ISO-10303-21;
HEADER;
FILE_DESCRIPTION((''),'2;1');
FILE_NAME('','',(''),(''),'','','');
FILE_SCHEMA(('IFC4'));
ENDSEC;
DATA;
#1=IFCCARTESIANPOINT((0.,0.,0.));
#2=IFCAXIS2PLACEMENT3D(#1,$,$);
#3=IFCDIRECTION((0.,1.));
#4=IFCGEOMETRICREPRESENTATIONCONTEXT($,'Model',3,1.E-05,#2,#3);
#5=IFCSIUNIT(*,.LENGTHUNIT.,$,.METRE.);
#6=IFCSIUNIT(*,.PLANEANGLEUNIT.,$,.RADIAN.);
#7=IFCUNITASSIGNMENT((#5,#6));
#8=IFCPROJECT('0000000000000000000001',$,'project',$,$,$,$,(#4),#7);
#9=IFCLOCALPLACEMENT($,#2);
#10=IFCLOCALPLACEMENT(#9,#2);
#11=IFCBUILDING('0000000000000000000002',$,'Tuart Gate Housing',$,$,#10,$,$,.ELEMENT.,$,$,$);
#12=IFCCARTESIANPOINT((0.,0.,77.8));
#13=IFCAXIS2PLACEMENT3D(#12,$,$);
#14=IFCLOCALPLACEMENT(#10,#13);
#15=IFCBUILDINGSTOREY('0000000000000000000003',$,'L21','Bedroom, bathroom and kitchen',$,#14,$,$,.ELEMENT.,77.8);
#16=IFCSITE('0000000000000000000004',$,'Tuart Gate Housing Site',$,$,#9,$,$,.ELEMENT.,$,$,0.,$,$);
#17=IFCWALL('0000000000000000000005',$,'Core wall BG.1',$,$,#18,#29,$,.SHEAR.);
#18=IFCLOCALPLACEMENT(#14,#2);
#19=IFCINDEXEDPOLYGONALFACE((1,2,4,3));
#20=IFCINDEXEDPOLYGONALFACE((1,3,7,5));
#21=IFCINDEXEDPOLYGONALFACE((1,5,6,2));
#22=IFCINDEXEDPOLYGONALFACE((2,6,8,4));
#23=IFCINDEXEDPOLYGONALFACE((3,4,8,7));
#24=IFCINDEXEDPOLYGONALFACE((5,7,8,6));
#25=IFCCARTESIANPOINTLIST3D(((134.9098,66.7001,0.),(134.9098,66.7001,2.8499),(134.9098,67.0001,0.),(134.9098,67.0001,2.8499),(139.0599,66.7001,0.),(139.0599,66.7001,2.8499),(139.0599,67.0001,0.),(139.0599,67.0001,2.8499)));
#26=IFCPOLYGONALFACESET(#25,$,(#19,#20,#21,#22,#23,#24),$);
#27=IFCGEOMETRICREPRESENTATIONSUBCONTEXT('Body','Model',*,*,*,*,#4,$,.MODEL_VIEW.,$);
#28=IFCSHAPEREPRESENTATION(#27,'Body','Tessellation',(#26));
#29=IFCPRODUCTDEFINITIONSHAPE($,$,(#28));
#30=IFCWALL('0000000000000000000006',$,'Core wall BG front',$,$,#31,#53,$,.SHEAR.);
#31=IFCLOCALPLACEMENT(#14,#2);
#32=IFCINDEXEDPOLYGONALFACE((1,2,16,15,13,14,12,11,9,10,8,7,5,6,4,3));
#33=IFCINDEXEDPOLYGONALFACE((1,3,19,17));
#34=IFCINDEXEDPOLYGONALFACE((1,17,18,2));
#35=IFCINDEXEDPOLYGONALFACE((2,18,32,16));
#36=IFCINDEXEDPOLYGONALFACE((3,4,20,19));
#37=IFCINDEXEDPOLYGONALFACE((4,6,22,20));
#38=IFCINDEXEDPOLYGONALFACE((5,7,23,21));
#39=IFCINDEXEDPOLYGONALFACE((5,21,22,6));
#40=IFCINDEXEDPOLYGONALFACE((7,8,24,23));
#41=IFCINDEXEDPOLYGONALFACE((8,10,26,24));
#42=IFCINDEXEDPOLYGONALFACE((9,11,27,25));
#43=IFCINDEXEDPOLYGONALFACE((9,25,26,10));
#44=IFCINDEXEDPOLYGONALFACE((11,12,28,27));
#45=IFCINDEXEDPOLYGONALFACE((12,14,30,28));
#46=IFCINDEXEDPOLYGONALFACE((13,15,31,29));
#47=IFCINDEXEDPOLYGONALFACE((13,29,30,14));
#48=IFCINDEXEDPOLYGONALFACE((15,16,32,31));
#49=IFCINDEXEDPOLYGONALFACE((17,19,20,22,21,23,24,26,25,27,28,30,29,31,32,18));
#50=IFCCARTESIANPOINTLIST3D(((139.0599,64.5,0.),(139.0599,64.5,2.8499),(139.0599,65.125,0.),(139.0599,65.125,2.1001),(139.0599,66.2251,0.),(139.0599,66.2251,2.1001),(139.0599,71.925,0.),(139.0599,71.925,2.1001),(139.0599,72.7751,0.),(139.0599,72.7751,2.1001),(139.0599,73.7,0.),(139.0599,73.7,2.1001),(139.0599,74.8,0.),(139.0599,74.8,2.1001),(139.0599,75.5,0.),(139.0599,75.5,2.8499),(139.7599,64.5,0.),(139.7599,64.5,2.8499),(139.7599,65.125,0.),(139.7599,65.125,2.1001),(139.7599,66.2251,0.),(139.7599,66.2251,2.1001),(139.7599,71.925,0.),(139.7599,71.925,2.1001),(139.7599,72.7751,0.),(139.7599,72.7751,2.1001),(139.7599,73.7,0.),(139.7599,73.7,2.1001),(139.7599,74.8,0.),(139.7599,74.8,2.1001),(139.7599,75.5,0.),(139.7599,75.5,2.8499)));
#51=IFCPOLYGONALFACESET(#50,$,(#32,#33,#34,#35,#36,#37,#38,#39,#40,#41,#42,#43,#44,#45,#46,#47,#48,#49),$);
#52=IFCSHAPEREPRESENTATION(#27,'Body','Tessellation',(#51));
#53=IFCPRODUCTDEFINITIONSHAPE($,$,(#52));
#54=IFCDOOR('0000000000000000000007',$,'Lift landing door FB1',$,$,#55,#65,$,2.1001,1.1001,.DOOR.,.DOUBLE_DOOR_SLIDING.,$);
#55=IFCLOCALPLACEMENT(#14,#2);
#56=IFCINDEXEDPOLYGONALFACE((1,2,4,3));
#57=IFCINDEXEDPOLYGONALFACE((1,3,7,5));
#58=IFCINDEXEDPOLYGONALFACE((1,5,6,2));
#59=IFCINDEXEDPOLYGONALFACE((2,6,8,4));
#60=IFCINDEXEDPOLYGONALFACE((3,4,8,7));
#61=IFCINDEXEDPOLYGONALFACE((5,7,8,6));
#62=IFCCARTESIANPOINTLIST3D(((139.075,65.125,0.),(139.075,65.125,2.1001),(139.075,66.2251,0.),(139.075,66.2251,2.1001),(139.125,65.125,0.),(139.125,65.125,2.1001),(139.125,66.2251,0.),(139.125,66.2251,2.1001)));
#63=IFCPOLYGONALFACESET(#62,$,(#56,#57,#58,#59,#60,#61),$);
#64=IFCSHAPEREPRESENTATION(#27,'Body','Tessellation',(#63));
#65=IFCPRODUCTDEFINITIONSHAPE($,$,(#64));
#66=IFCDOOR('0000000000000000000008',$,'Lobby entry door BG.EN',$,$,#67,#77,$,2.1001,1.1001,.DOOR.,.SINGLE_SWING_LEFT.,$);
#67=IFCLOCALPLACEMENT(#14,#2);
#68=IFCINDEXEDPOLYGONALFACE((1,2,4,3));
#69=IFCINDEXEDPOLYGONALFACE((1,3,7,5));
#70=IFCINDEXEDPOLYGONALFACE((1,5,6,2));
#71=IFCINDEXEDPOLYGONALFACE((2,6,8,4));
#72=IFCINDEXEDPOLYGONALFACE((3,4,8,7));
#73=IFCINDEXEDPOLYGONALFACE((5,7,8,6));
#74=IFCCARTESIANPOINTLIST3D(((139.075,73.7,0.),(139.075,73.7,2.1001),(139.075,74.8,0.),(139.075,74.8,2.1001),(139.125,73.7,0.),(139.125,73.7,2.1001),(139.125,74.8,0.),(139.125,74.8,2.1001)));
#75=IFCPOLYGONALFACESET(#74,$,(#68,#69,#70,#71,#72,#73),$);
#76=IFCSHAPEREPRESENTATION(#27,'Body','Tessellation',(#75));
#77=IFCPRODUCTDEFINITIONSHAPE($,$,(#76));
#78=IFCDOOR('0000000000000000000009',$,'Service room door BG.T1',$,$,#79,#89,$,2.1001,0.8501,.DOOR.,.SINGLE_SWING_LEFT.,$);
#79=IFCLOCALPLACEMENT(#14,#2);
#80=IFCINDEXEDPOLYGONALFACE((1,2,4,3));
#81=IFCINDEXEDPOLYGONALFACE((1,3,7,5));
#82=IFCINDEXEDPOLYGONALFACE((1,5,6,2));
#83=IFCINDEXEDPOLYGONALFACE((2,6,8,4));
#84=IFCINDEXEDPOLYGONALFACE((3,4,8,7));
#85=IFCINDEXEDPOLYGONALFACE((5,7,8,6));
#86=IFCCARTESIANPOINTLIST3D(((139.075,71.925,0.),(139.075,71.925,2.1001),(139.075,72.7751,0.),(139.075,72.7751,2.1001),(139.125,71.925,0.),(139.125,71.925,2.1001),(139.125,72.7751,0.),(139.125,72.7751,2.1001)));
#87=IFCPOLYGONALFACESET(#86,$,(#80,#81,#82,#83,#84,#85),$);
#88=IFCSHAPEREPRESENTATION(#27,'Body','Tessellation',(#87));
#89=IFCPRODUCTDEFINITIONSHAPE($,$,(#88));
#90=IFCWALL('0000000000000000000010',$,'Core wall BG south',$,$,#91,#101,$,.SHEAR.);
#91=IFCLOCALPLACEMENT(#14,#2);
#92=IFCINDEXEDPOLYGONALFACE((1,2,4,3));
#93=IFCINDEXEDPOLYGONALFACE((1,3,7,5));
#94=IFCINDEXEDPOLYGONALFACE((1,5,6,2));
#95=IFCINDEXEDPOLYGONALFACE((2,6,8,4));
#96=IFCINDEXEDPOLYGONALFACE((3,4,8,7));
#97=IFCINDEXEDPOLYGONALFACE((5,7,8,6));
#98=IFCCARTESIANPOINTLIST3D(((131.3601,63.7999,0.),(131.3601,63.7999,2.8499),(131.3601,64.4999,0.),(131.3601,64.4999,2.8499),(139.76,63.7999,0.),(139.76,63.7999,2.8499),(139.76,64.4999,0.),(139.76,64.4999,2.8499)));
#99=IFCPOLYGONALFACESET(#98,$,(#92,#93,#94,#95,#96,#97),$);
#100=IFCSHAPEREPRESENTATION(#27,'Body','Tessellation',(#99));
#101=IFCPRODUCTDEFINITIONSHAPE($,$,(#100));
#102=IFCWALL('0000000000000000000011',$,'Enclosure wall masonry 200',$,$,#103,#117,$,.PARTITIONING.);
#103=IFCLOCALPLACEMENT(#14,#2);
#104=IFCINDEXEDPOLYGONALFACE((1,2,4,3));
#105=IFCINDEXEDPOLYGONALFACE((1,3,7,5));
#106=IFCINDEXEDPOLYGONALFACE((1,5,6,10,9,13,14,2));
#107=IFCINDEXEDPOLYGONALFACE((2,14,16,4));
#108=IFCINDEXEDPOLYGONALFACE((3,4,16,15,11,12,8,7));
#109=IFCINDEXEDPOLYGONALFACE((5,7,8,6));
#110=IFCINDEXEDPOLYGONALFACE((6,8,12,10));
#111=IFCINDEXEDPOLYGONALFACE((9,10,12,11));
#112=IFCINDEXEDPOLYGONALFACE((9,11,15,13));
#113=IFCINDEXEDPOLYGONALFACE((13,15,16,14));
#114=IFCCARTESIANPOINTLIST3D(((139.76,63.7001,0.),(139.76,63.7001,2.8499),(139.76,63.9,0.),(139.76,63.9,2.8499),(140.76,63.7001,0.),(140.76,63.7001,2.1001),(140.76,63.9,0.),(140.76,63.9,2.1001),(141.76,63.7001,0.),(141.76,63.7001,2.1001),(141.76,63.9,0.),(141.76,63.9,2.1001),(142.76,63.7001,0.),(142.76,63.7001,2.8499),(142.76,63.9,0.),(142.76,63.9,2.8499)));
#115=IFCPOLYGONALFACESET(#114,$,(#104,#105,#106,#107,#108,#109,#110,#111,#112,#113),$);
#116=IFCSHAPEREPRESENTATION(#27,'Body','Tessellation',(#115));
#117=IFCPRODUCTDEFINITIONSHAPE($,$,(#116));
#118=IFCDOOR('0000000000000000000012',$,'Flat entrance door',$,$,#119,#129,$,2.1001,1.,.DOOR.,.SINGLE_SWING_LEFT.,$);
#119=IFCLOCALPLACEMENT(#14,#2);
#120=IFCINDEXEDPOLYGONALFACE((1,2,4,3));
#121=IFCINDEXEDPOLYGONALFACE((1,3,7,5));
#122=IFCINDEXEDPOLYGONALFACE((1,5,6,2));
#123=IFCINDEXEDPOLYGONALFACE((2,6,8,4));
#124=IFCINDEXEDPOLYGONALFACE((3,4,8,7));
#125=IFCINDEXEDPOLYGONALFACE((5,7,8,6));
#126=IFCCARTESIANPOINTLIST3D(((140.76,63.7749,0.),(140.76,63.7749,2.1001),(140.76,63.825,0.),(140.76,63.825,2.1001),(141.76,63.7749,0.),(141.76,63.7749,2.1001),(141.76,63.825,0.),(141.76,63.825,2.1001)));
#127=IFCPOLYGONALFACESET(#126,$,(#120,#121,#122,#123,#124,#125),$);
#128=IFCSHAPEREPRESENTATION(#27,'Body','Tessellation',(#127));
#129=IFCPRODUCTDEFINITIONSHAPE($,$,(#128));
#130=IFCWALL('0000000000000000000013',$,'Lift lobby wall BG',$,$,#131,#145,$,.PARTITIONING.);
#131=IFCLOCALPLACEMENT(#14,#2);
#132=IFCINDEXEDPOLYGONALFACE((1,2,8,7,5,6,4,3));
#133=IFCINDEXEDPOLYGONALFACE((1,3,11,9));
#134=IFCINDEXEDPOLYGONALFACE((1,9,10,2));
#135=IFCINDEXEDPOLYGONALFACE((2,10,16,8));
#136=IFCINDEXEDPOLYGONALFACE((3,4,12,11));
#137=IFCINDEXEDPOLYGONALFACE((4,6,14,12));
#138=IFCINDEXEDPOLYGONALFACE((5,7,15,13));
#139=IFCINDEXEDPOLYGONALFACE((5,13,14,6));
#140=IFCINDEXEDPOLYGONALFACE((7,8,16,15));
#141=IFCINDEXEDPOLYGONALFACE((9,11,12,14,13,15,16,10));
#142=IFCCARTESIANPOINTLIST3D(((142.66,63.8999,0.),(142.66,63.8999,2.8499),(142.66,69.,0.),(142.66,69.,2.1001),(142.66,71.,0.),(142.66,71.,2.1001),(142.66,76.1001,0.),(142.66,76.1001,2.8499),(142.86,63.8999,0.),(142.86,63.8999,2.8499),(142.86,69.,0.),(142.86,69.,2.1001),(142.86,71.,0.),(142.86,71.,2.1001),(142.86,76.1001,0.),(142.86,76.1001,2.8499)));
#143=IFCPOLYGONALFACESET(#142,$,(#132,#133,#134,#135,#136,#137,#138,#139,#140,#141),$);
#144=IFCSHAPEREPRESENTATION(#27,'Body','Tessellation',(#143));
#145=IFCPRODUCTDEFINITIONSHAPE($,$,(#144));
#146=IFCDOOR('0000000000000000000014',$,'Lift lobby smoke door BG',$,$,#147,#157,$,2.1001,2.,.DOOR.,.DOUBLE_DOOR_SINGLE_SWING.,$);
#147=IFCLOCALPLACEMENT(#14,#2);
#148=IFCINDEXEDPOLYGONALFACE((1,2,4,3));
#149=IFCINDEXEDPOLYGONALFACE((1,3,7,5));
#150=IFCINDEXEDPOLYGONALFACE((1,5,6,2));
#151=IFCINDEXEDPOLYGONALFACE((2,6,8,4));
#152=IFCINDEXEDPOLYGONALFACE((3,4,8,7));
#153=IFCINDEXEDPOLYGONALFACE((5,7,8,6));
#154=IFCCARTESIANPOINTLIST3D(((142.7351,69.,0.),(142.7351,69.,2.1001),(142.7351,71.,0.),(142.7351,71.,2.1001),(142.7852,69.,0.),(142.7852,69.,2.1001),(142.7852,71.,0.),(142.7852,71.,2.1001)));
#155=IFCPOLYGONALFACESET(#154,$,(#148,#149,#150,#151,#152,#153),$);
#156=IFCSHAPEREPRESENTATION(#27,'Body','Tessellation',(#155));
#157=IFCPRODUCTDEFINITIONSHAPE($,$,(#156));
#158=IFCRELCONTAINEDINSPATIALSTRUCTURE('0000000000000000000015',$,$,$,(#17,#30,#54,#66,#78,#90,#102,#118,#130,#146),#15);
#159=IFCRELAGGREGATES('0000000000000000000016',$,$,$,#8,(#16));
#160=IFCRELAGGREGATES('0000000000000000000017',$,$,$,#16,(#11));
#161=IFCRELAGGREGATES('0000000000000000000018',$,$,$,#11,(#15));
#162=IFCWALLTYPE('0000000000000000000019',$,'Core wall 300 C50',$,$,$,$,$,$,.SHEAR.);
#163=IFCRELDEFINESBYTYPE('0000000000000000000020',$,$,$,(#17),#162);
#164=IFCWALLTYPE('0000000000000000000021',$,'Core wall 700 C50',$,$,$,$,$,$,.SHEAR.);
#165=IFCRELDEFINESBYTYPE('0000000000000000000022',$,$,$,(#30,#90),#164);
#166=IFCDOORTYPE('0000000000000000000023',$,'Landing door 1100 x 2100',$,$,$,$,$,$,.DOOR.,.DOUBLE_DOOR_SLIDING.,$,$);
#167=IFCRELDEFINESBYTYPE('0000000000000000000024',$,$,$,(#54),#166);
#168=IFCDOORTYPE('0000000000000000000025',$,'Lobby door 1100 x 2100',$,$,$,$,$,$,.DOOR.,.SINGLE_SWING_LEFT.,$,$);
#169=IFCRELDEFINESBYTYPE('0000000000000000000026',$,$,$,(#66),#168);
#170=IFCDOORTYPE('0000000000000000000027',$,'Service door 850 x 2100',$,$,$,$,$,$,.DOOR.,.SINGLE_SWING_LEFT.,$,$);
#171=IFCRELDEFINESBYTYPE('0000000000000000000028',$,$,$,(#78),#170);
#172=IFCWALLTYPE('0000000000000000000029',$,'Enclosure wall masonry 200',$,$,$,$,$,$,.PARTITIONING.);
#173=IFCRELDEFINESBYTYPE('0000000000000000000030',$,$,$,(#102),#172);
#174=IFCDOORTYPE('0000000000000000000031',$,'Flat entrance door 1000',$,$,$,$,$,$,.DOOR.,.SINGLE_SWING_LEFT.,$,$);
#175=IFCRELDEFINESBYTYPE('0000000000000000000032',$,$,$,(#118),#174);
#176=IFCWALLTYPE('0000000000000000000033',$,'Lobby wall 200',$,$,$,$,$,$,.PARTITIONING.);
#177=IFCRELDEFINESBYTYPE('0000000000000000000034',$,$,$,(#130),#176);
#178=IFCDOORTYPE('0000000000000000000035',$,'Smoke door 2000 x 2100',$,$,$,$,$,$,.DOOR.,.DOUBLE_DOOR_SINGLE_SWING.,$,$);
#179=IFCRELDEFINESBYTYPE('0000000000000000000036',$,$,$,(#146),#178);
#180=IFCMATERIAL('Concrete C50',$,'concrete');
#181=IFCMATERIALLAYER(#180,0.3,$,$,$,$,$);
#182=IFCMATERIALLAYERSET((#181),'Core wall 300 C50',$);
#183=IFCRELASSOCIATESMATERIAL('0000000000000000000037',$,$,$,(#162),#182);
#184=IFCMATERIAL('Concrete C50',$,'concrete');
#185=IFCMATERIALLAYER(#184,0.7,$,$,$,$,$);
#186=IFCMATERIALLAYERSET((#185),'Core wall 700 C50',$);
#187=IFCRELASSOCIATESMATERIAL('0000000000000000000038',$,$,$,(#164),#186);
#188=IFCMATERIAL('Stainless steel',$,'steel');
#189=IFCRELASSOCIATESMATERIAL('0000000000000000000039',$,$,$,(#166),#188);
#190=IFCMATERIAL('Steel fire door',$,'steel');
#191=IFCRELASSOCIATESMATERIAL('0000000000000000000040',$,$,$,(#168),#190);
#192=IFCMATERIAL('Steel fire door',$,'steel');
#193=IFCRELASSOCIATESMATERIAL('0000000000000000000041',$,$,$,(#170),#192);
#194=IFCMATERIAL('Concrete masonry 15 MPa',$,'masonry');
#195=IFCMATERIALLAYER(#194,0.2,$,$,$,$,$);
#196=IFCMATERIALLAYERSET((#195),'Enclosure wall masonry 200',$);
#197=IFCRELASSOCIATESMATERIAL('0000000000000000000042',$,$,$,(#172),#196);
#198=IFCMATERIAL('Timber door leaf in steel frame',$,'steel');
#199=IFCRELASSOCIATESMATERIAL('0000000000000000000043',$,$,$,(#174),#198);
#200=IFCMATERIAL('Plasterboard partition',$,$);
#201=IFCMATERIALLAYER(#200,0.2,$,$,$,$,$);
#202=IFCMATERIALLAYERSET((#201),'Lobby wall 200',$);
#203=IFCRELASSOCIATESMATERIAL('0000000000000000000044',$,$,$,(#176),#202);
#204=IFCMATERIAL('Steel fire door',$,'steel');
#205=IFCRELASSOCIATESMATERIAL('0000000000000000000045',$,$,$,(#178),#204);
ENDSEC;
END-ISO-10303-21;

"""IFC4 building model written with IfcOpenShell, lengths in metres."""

from ifc_helpers import new_model, si_unit, direction, frame, frame_2d, origin, place, context, subcontext, project, spatial, rectangle, extrude, material, layer, layer_set, type_object, element, fill, save


model = new_model("IFC4")

# Units and contexts
model_context = context("Model", 3, precision=1e-05, world=origin(), true_north=direction((0.0, 1.0)))
body_context = subcontext(model_context, "Body", "Model", "MODEL_VIEW")
ifc_project = project(units=[si_unit("LENGTHUNIT", "METRE"), si_unit("PLANEANGLEUNIT", "RADIAN")], contexts=[model_context])

# Site, building, storey
site_placement = place(None, origin())
site = spatial("IfcSite", under=ifc_project, at=site_placement, Name="Tuart Gate Housing Site", CompositionType="ELEMENT", RefElevation=0.0)
building_placement = place(site_placement, origin())
building = spatial("IfcBuilding", under=site, at=building_placement, Name="Tuart Gate Housing", CompositionType="ELEMENT")
storey_placement = place(building_placement, frame((0.0, 0.0, 77.8)))
storey = spatial("IfcBuildingStorey", under=building, at=storey_placement, Name="L21", Description="Bedroom, bathroom and kitchen", CompositionType="ELEMENT", Elevation=77.8)

# Wall
ifc_material_1 = material(Name="Concrete C50", Category="concrete")
ifc_layer_1 = layer(ifc_material_1, 0.3)
ifc_layer_set_1 = layer_set([ifc_layer_1], Name="Core wall 300 C50")
wall_type_1 = type_object("IfcWallType", Name="Core wall 300 C50", PredefinedType="SHEAR", material=ifc_layer_set_1)
wall_1_placement = place(storey_placement, frame((139.0601, 66.8501, 0.0), z_axis=(0.0, 0.0, 1.0), x_axis=(-1.0, 0.0, 0.0)))
element("IfcWall", 1, at=wall_1_placement, inside=storey, type_object=wall_type_1, Name="Core wall BG.1", PredefinedType="SHEAR", context=body_context, shape_type="SweptSolid", body=[
    extrude(rectangle(XDim=4.1501, YDim=0.3, at=frame_2d((2.0752, 0.0))), origin(), (0.0, 0.0, 1.0), 2.8499),
])

# Wall, openings, doors
ifc_material_2 = material(Name="Concrete C50", Category="concrete")
ifc_layer_2 = layer(ifc_material_2, 0.7)
ifc_layer_set_2 = layer_set([ifc_layer_2], Name="Core wall 700 C50")
wall_type_2 = type_object("IfcWallType", Name="Core wall 700 C50", PredefinedType="SHEAR", material=ifc_layer_set_2)
wall_2_placement = place(storey_placement, frame((139.4099, 64.5, 0.0), z_axis=(0.0, 0.0, 1.0), x_axis=(0.0, 1.0, 0.0)))
wall_2 = element("IfcWall", 2, at=wall_2_placement, inside=storey, type_object=wall_type_2, Name="Core wall BG front", PredefinedType="SHEAR", context=body_context, shape_type="SweptSolid", body=[
    extrude(rectangle(XDim=11.0, YDim=0.7, at=frame_2d((5.5, 0.0))), origin(), (0.0, 0.0, 1.0), 2.8499),
])
opening_1_placement = place(wall_2_placement, frame((0.625, 0.0, 0.0)))
opening_1 = element("IfcOpeningElement", 3, at=opening_1_placement, cuts=wall_2, PredefinedType="OPENING", context=body_context, shape_type="SweptSolid", body=[
    extrude(rectangle(XDim=1.1001, YDim=2.1001, at=frame_2d((0.55, 1.05))), frame((0.0, 0.3599, 0.0), z_axis=(0.0, -1.0, 0.0), x_axis=(1.0, 0.0, 0.0)), (0.0, 0.0, 1.0), 0.72),
])
opening_2_placement = place(wall_2_placement, frame((9.2, 0.0, 0.0)))
opening_2 = element("IfcOpeningElement", 4, at=opening_2_placement, cuts=wall_2, PredefinedType="OPENING", context=body_context, shape_type="SweptSolid", body=[
    extrude(rectangle(XDim=1.1001, YDim=2.1001, at=frame_2d((0.55, 1.05))), frame((0.0, 0.3599, 0.0), z_axis=(0.0, -1.0, 0.0), x_axis=(1.0, 0.0, 0.0)), (0.0, 0.0, 1.0), 0.72),
])
opening_3_placement = place(wall_2_placement, frame((7.425, 0.0, 0.0)))
opening_3 = element("IfcOpeningElement", 5, at=opening_3_placement, cuts=wall_2, PredefinedType="OPENING", context=body_context, shape_type="SweptSolid", body=[
    extrude(rectangle(XDim=0.8501, YDim=2.1001, at=frame_2d((0.425, 1.05))), frame((0.0, 0.3599, 0.0), z_axis=(0.0, -1.0, 0.0), x_axis=(1.0, 0.0, 0.0)), (0.0, 0.0, 1.0), 0.72),
])
ifc_material_3 = material(Name="Stainless steel", Category="steel")
door_type_1 = type_object("IfcDoorType", Name="Landing door 1100 x 2100", OperationType="DOUBLE_DOOR_SLIDING", PredefinedType="DOOR", material=ifc_material_3)
door_1_placement = place(opening_1_placement, origin())
door_1 = element("IfcDoor", 6, at=door_1_placement, inside=storey, type_object=door_type_1, Name="Lift landing door FB1", OperationType="DOUBLE_DOOR_SLIDING", OverallHeight=2.1001, OverallWidth=1.1001, PredefinedType="DOOR", context=body_context, shape_type="SweptSolid", body=[
    extrude(rectangle(XDim=1.1001, YDim=2.1001, at=frame_2d((0.55, 1.05))), frame((0.0, 0.335, 0.0), z_axis=(0.0, -1.0, 0.0), x_axis=(1.0, 0.0, 0.0)), (0.0, 0.0, 1.0), 0.05),
])
fill(opening_1, door_1)
ifc_material_4 = material(Name="Steel fire door", Category="steel")
door_type_2 = type_object("IfcDoorType", Name="Lobby door 1100 x 2100", OperationType="SINGLE_SWING_LEFT", PredefinedType="DOOR", material=ifc_material_4)
door_2_placement = place(opening_2_placement, origin())
door_2 = element("IfcDoor", 7, at=door_2_placement, inside=storey, type_object=door_type_2, Name="Lobby entry door BG.EN", OperationType="SINGLE_SWING_LEFT", OverallHeight=2.1001, OverallWidth=1.1001, PredefinedType="DOOR", context=body_context, shape_type="SweptSolid", body=[
    extrude(rectangle(XDim=1.1001, YDim=2.1001, at=frame_2d((0.55, 1.05))), frame((0.0, 0.335, 0.0), z_axis=(0.0, -1.0, 0.0), x_axis=(1.0, 0.0, 0.0)), (0.0, 0.0, 1.0), 0.05),
])
fill(opening_2, door_2)
ifc_material_5 = material(Name="Steel fire door", Category="steel")
door_type_3 = type_object("IfcDoorType", Name="Service door 850 x 2100", OperationType="SINGLE_SWING_LEFT", PredefinedType="DOOR", material=ifc_material_5)
door_3_placement = place(opening_3_placement, origin())
door_3 = element("IfcDoor", 8, at=door_3_placement, inside=storey, type_object=door_type_3, Name="Service room door BG.T1", OperationType="SINGLE_SWING_LEFT", OverallHeight=2.1001, OverallWidth=0.8501, PredefinedType="DOOR", context=body_context, shape_type="SweptSolid", body=[
    extrude(rectangle(XDim=0.8501, YDim=2.1001, at=frame_2d((0.425, 1.05))), frame((0.0, 0.335, 0.0), z_axis=(0.0, -1.0, 0.0), x_axis=(1.0, 0.0, 0.0)), (0.0, 0.0, 1.0), 0.05),
])
fill(opening_3, door_3)

# Wall
wall_3_placement = place(storey_placement, frame((139.76, 64.1499, 0.0), z_axis=(0.0, 0.0, 1.0), x_axis=(-1.0, 0.0, 0.0)))
element("IfcWall", 9, at=wall_3_placement, inside=storey, type_object=wall_type_2, Name="Core wall BG south", PredefinedType="SHEAR", context=body_context, shape_type="SweptSolid", body=[
    extrude(rectangle(XDim=8.3999, YDim=0.7, at=frame_2d((4.2, 0.0))), origin(), (0.0, 0.0, 1.0), 2.8499),
])

# Walls, openings, doors
ifc_material_6 = material(Name="Concrete masonry 15 MPa", Category="masonry")
ifc_layer_3 = layer(ifc_material_6, 0.2)
ifc_layer_set_3 = layer_set([ifc_layer_3], Name="Enclosure wall masonry 200")
wall_type_3 = type_object("IfcWallType", Name="Enclosure wall masonry 200", PredefinedType="PARTITIONING", material=ifc_layer_set_3)
wall_4_placement = place(storey_placement, frame((139.76, 63.8, 0.0), z_axis=(0.0, 0.0, 1.0), x_axis=(1.0, 0.0, 0.0)))
wall_4 = element("IfcWall", 10, at=wall_4_placement, inside=storey, type_object=wall_type_3, Name="Enclosure wall masonry 200", PredefinedType="PARTITIONING", context=body_context, shape_type="SweptSolid", body=[
    extrude(rectangle(XDim=3.0, YDim=0.2, at=frame_2d((1.5, 0.0))), origin(), (0.0, 0.0, 1.0), 2.8499),
])
opening_4_placement = place(wall_4_placement, frame((1.0, 0.0, 0.0)))
opening_4 = element("IfcOpeningElement", 11, at=opening_4_placement, cuts=wall_4, PredefinedType="OPENING", context=body_context, shape_type="SweptSolid", body=[
    extrude(rectangle(XDim=1.0, YDim=2.1001, at=frame_2d((0.5, 1.05))), frame((0.0, 0.1099, 0.0), z_axis=(0.0, -1.0, 0.0), x_axis=(1.0, 0.0, 0.0)), (0.0, 0.0, 1.0), 0.22),
])
ifc_material_7 = material(Name="Timber door leaf in steel frame", Category="steel")
door_type_4 = type_object("IfcDoorType", Name="Flat entrance door 1000", OperationType="SINGLE_SWING_LEFT", PredefinedType="DOOR", material=ifc_material_7)
door_4_placement = place(opening_4_placement, frame((1.0, 0.0, 0.0), z_axis=(0.0, 0.0, 1.0), x_axis=(-1.0, 0.0, 0.0)))
door_4 = element("IfcDoor", 12, at=door_4_placement, inside=storey, type_object=door_type_4, Name="Flat entrance door", OperationType="SINGLE_SWING_LEFT", OverallHeight=2.1001, OverallWidth=1.0, PredefinedType="DOOR", context=body_context, shape_type="SweptSolid", body=[
    extrude(rectangle(XDim=1.0, YDim=2.1001, at=frame_2d((0.5, 1.05))), frame((0.0, 0.0251, 0.0), z_axis=(0.0, -1.0, 0.0), x_axis=(1.0, 0.0, 0.0)), (0.0, 0.0, 1.0), 0.05),
])
fill(opening_4, door_4)
ifc_material_8 = material(Name="Plasterboard partition")
ifc_layer_4 = layer(ifc_material_8, 0.2)
ifc_layer_set_4 = layer_set([ifc_layer_4], Name="Lobby wall 200")
wall_type_4 = type_object("IfcWallType", Name="Lobby wall 200", PredefinedType="PARTITIONING", material=ifc_layer_set_4)
wall_5_placement = place(storey_placement, frame((142.76, 63.8999, 0.0), z_axis=(0.0, 0.0, 1.0), x_axis=(0.0, 1.0, 0.0)))
wall_5 = element("IfcWall", 13, at=wall_5_placement, inside=storey, type_object=wall_type_4, Name="Lift lobby wall BG", PredefinedType="PARTITIONING", context=body_context, shape_type="SweptSolid", body=[
    extrude(rectangle(XDim=12.2002, YDim=0.2, at=frame_2d((6.1001, 0.0))), origin(), (0.0, 0.0, 1.0), 2.8499),
])
opening_5_placement = place(wall_5_placement, frame((5.1001, 0.0, 0.0)))
opening_5 = element("IfcOpeningElement", 14, at=opening_5_placement, cuts=wall_5, PredefinedType="OPENING", context=body_context, shape_type="SweptSolid", body=[
    extrude(rectangle(XDim=2.0, YDim=2.1001, at=frame_2d((1.0, 1.05))), frame((0.0, 0.1099, 0.0), z_axis=(0.0, -1.0, 0.0), x_axis=(1.0, 0.0, 0.0)), (0.0, 0.0, 1.0), 0.22),
])
ifc_material_9 = material(Name="Steel fire door", Category="steel")
door_type_5 = type_object("IfcDoorType", Name="Smoke door 2000 x 2100", OperationType="DOUBLE_DOOR_SINGLE_SWING", PredefinedType="DOOR", material=ifc_material_9)
door_5_placement = place(opening_5_placement, origin())
door_5 = element("IfcDoor", 15, at=door_5_placement, inside=storey, type_object=door_type_5, Name="Lift lobby smoke door BG", OperationType="DOUBLE_DOOR_SINGLE_SWING", OverallHeight=2.1001, OverallWidth=2.0, PredefinedType="DOOR", context=body_context, shape_type="SweptSolid", body=[
    extrude(rectangle(XDim=2.0, YDim=2.1001, at=frame_2d((1.0, 1.05))), frame((0.0, 0.0249, 0.0), z_axis=(0.0, -1.0, 0.0), x_axis=(1.0, 0.0, 0.0)), (0.0, 0.0, 1.0), 0.05),
])
fill(opening_5, door_5)

save(model, "model.ifc")
